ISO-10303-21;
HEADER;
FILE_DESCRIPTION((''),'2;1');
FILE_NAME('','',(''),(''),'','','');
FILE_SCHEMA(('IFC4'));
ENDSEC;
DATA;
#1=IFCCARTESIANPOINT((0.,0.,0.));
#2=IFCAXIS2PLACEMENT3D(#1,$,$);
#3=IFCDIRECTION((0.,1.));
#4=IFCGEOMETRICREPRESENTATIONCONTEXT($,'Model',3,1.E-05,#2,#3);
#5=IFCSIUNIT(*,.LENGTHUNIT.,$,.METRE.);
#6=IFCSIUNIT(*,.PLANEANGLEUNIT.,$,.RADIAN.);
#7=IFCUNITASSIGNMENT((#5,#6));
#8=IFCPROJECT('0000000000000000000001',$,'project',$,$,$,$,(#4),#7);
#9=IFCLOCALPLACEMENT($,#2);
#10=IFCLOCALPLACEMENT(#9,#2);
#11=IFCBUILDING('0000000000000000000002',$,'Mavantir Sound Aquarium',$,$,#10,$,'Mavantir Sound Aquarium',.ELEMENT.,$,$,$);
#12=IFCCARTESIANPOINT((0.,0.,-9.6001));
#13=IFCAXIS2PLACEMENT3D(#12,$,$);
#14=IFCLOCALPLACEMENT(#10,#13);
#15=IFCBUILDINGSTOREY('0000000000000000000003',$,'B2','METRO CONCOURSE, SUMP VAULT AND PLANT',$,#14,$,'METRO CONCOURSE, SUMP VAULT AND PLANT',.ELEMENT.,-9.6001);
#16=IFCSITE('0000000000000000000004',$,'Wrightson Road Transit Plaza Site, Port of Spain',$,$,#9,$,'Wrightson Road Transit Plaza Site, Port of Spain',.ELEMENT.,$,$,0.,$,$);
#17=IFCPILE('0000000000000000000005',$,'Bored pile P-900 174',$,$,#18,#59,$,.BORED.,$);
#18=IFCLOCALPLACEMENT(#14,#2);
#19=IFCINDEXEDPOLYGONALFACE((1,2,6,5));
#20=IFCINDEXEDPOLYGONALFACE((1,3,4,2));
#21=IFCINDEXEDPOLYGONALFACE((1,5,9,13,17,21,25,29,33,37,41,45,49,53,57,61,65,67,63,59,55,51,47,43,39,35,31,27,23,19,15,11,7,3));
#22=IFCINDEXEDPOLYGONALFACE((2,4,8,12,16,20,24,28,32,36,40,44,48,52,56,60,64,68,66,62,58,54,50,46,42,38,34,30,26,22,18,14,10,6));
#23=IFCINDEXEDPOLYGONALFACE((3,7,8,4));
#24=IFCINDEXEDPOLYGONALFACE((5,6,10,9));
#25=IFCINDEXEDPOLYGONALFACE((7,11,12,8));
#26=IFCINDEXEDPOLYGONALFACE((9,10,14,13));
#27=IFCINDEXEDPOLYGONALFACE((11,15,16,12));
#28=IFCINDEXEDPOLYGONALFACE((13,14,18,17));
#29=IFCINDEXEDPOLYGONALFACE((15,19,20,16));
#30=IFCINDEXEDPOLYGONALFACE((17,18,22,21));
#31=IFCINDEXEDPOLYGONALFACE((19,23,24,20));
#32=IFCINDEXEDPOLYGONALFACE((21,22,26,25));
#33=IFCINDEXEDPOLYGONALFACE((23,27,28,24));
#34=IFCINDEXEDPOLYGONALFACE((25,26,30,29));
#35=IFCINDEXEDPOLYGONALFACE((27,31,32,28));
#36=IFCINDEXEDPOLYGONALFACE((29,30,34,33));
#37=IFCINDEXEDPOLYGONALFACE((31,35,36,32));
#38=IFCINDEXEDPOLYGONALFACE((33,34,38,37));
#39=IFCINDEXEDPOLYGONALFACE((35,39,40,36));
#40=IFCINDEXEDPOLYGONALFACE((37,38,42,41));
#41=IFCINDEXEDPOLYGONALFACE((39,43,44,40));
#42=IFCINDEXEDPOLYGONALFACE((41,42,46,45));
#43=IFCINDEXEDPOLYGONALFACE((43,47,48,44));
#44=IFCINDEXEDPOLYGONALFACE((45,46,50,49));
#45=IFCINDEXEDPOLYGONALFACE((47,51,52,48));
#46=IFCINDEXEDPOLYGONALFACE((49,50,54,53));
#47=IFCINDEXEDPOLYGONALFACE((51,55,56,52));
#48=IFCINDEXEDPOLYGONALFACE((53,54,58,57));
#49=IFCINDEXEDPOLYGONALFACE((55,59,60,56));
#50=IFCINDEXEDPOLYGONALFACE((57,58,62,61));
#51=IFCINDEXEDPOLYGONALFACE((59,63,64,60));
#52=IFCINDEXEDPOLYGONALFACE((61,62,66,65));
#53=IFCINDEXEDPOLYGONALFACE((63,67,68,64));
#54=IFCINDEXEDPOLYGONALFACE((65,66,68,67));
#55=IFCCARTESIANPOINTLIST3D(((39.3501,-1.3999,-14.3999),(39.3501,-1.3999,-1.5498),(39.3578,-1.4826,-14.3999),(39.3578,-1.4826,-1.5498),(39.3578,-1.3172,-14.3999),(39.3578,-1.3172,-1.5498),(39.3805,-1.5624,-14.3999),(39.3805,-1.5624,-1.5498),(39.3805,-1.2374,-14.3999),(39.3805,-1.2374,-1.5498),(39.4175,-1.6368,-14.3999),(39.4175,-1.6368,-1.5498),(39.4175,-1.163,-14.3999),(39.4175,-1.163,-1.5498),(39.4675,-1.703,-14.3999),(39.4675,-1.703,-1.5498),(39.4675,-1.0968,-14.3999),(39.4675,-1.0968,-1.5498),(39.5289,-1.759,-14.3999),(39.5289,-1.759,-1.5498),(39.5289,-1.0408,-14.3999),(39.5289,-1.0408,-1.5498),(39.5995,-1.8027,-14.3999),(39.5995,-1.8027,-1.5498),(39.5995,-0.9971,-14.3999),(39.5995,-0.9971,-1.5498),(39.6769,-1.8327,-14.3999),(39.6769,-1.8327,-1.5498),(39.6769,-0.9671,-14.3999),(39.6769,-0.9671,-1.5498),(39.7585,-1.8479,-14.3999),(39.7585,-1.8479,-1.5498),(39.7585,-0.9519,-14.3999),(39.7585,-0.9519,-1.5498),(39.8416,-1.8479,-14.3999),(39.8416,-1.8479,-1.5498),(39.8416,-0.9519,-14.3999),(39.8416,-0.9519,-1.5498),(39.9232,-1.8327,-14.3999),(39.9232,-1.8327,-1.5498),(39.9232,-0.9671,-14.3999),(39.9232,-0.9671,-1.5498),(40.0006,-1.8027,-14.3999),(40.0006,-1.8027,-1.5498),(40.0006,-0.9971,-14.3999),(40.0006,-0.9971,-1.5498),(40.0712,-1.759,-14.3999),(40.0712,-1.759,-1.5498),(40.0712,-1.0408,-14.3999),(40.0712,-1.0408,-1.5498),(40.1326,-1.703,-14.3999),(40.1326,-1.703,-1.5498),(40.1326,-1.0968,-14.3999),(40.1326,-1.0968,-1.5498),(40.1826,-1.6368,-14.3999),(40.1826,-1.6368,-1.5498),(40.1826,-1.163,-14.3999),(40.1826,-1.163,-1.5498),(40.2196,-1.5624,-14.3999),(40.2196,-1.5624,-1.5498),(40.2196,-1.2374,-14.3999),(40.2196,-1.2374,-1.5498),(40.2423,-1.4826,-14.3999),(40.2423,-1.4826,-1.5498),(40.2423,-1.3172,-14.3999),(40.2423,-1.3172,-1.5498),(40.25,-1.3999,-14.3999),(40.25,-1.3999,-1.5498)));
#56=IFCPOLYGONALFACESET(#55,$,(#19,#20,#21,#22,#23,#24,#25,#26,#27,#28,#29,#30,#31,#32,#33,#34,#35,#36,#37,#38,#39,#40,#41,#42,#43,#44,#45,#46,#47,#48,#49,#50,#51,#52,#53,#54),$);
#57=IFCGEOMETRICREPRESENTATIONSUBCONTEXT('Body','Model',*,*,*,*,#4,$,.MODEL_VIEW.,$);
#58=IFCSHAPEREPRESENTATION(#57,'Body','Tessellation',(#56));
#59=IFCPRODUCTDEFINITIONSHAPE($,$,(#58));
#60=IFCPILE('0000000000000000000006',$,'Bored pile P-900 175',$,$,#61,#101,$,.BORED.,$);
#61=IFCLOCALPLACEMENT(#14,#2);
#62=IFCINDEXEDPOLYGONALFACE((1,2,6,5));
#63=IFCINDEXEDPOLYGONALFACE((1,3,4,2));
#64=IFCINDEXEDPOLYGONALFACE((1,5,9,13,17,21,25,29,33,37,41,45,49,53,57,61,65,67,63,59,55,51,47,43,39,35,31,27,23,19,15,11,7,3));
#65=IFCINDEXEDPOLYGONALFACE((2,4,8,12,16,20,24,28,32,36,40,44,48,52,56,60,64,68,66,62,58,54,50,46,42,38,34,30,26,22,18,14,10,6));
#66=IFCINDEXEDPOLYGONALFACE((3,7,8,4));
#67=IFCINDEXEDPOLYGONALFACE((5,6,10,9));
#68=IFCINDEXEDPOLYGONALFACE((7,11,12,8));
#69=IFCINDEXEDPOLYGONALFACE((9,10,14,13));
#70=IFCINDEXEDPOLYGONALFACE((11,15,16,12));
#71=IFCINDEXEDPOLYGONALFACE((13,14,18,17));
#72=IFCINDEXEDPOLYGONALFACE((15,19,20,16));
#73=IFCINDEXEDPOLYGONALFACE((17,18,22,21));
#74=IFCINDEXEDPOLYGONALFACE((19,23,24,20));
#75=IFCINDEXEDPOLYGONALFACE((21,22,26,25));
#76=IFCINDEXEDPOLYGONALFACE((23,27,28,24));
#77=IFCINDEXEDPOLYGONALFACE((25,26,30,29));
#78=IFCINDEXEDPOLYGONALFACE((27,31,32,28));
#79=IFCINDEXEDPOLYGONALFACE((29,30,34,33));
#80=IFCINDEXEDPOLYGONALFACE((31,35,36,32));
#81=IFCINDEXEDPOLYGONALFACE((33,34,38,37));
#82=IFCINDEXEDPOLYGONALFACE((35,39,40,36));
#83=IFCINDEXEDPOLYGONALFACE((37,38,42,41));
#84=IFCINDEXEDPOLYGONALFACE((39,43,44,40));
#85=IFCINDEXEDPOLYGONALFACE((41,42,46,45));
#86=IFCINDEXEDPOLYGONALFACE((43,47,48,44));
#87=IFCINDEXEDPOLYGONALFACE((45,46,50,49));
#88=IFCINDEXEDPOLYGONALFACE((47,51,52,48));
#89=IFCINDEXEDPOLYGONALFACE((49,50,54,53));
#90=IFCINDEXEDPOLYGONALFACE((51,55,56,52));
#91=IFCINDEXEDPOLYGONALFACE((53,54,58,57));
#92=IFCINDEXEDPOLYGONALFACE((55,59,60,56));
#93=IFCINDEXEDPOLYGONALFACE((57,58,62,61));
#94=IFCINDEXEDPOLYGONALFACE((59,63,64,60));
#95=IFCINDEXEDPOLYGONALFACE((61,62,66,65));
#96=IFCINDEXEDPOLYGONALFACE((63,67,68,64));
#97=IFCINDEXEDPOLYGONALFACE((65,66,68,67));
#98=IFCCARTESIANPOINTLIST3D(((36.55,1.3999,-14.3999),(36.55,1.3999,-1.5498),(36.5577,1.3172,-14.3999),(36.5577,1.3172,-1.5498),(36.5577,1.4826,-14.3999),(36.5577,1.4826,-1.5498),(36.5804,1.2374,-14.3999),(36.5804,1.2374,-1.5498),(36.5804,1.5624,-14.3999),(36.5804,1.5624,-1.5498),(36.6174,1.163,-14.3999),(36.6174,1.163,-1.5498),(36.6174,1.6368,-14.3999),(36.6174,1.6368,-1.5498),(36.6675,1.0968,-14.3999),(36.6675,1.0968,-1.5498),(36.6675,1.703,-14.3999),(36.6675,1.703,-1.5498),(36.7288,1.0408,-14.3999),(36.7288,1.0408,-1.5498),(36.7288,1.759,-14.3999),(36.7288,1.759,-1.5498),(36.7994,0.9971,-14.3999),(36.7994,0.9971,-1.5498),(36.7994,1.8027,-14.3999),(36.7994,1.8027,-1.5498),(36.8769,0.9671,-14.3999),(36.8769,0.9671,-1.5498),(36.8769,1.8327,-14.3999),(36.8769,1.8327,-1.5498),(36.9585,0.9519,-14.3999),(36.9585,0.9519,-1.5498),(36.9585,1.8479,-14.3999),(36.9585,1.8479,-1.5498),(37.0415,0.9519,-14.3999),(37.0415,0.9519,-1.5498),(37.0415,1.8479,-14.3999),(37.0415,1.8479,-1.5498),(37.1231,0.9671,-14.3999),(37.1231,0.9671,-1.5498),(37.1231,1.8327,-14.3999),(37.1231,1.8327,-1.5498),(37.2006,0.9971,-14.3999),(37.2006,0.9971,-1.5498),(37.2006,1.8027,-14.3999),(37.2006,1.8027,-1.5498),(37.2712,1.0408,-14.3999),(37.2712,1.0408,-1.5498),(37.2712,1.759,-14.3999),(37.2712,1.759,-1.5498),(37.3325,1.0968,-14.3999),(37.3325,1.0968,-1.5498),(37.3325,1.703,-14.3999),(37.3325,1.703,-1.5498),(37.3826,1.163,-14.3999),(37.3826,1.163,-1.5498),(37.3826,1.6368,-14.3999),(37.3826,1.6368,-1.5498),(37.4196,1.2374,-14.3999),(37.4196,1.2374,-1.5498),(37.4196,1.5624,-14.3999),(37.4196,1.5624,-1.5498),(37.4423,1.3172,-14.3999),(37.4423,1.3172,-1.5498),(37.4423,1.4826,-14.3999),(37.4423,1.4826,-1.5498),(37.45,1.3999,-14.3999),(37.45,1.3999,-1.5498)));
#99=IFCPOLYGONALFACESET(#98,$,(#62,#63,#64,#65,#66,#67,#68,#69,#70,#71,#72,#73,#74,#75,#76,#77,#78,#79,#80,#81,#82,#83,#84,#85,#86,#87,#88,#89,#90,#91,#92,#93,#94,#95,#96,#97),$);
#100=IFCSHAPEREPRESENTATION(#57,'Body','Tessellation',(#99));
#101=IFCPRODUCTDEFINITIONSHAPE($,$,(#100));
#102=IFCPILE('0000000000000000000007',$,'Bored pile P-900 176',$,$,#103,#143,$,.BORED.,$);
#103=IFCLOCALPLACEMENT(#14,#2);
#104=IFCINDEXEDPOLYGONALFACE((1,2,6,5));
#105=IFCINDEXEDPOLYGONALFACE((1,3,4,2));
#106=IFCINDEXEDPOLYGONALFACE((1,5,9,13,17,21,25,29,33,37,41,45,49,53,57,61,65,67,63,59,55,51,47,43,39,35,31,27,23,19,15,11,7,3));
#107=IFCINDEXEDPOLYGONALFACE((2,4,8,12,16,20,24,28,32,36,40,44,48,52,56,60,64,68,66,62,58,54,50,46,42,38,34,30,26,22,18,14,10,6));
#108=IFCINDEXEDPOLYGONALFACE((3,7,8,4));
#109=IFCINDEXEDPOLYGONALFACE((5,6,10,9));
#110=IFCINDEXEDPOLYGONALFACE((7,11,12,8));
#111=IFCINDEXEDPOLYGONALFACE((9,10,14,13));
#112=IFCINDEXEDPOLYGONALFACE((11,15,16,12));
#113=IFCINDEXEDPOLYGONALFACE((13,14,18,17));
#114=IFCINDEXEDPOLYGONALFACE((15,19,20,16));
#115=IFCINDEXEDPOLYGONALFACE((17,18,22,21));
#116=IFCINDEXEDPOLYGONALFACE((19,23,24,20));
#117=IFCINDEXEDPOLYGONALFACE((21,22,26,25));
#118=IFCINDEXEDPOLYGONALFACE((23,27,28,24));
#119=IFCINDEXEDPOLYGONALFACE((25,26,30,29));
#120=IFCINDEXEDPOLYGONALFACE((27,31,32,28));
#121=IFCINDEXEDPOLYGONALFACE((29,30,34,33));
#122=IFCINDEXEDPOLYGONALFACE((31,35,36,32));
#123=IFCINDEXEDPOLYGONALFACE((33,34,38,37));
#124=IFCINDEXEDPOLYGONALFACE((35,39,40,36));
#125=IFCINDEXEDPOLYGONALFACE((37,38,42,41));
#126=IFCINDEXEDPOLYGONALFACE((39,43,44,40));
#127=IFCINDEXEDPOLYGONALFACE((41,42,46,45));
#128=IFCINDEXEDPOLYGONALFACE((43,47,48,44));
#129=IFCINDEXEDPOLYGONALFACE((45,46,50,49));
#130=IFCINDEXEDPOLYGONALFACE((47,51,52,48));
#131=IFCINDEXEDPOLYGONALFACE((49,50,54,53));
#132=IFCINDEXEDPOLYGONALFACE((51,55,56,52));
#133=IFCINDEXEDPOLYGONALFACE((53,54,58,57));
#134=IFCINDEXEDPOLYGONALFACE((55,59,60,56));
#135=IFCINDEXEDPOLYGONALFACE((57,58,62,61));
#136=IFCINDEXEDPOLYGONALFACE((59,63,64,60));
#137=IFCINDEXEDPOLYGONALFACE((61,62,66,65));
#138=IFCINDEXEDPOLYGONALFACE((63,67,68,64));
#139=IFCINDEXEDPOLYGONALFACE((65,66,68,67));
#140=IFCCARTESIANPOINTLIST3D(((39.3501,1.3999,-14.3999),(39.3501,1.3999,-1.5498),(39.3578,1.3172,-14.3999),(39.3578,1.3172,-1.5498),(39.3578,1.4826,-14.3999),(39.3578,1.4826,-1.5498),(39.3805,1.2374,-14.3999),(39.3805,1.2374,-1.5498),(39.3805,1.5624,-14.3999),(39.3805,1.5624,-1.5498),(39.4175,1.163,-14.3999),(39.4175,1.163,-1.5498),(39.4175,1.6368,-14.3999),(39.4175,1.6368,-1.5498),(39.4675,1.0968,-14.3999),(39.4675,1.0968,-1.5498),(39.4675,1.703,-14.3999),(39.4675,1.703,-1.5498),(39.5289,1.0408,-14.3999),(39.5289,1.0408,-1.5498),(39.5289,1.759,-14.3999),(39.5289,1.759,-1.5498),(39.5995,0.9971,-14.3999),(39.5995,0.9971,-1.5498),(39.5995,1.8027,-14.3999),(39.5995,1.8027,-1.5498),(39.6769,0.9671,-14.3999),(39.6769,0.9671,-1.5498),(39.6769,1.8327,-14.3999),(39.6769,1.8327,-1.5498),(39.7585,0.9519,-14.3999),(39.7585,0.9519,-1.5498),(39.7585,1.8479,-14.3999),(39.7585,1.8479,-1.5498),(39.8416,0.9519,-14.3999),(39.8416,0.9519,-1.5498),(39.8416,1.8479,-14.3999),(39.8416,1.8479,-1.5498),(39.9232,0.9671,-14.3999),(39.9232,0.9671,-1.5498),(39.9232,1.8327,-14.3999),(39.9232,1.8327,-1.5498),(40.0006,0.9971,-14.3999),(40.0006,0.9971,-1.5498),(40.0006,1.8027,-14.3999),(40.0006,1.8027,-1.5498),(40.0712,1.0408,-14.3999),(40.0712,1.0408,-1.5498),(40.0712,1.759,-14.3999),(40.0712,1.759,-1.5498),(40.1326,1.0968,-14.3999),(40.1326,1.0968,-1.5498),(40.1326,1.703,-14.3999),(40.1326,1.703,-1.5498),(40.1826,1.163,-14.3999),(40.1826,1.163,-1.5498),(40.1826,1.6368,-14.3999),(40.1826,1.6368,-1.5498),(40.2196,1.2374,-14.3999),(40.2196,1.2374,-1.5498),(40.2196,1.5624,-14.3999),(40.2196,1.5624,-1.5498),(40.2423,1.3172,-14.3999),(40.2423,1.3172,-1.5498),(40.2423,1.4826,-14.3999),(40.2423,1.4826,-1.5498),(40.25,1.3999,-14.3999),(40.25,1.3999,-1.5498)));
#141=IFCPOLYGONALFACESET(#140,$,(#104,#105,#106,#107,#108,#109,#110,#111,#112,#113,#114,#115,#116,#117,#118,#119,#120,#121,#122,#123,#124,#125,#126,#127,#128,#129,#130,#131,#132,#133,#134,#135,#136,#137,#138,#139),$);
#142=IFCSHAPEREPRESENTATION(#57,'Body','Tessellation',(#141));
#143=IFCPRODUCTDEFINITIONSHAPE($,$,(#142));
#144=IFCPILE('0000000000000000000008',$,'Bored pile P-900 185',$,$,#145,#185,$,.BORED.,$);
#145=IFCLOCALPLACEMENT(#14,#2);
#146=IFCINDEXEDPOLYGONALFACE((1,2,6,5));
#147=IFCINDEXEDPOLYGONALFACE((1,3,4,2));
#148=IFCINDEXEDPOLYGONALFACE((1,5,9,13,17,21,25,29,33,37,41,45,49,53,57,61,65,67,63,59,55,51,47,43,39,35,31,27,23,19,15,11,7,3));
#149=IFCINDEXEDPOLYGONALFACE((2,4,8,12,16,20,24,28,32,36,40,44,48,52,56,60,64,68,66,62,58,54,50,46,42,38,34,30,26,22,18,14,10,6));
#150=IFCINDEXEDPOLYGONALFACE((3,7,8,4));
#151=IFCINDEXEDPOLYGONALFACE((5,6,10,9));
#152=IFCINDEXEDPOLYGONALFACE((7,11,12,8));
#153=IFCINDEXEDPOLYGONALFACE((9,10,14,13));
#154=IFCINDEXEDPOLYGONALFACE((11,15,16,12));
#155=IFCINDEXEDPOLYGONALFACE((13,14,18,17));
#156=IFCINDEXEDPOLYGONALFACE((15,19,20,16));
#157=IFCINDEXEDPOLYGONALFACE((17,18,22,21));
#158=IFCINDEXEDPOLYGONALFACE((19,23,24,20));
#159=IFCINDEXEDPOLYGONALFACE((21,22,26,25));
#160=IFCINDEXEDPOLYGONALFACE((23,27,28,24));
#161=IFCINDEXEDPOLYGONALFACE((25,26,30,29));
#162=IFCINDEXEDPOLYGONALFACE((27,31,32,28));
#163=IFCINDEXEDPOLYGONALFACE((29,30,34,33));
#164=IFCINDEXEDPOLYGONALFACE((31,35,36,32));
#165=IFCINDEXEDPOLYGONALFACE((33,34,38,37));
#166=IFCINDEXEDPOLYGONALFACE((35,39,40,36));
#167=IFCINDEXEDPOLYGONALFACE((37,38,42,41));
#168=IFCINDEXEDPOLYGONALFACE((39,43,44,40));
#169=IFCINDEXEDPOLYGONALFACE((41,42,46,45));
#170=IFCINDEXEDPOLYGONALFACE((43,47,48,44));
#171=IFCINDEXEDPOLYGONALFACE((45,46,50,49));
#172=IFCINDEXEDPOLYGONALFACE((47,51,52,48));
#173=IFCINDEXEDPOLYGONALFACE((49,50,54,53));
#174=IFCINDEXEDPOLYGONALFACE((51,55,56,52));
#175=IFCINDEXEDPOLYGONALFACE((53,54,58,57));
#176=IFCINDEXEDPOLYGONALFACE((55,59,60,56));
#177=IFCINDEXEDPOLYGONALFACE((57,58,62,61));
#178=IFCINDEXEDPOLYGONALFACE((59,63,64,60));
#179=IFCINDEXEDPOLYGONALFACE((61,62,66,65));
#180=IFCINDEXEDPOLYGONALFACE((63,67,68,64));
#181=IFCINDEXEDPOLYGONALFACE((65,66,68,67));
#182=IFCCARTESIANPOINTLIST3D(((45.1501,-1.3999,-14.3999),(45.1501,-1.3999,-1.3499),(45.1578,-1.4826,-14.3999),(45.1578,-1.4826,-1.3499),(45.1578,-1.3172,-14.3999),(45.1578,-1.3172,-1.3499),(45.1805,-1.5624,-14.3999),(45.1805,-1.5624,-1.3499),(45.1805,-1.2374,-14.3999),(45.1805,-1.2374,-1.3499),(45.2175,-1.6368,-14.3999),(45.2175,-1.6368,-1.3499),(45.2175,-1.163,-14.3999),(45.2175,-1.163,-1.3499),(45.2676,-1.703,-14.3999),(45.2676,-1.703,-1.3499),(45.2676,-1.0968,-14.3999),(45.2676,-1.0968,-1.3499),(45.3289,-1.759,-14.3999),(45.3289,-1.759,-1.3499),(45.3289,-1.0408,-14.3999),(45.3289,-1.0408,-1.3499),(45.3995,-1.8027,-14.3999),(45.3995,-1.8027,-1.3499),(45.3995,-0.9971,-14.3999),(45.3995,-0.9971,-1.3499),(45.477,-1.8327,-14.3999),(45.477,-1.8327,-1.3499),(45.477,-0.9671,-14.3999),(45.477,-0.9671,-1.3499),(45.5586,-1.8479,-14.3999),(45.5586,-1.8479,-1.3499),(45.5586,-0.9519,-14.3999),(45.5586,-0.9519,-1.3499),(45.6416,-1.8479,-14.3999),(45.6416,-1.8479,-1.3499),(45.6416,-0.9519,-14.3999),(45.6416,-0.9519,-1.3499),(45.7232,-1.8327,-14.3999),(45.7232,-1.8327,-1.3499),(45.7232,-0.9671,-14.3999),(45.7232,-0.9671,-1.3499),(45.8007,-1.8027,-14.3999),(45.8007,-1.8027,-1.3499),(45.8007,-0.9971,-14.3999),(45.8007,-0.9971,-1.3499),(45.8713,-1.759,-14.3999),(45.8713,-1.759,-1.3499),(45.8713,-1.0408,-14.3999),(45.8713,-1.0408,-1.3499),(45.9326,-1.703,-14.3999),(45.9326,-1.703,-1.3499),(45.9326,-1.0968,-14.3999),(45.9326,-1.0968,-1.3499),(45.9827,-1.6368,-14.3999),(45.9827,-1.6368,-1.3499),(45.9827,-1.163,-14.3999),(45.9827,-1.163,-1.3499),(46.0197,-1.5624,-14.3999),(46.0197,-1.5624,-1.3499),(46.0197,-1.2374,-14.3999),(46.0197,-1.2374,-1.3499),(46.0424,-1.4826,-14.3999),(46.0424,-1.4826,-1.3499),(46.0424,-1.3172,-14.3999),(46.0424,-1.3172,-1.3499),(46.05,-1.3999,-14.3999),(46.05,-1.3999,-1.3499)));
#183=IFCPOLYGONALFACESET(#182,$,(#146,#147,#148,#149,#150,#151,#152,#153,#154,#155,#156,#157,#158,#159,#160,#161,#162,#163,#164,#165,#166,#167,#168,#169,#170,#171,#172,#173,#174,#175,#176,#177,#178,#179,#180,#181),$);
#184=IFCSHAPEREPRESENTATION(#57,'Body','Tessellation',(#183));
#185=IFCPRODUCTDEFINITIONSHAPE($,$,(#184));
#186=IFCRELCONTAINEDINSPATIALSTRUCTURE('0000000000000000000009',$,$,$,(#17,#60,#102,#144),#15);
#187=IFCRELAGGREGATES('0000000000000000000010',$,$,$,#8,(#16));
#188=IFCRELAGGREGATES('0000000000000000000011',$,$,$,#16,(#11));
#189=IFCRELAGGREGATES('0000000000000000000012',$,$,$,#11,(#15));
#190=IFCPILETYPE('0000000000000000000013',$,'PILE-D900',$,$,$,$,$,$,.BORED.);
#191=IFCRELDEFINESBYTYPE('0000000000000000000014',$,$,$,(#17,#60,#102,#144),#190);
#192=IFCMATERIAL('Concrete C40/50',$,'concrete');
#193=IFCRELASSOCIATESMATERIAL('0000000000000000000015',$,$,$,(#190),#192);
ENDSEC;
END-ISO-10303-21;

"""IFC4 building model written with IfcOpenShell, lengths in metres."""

from ifc_helpers import new_model, si_unit, direction, frame, origin, origin_2d, place, context, subcontext, project, spatial, circle, extrude, material, material_profile, profile_set, type_object, element, save


model = new_model("IFC4")

# Units and contexts
model_context = context("Model", 3, precision=1e-05, world=origin(), true_north=direction((0.0, 1.0)))
body_context = subcontext(model_context, "Body", "Model", "MODEL_VIEW")
ifc_project = project(units=[si_unit("LENGTHUNIT", "METRE"), si_unit("PLANEANGLEUNIT", "RADIAN")], contexts=[model_context])

# Site, building, storey
site_placement = place(None, origin())
site = spatial("IfcSite", under=ifc_project, at=site_placement, Name="Wrightson Road Transit Plaza Site, Port of Spain", LongName="Wrightson Road Transit Plaza Site, Port of Spain", CompositionType="ELEMENT", RefElevation=0.0)
building_placement = place(site_placement, origin())
building = spatial("IfcBuilding", under=site, at=building_placement, Name="Mavantir Sound Aquarium", LongName="Mavantir Sound Aquarium", CompositionType="ELEMENT")
storey_placement = place(building_placement, frame((0.0, 0.0, -9.6001)))
storey = spatial("IfcBuildingStorey", under=building, at=storey_placement, Name="B2", Description="METRO CONCOURSE, SUMP VAULT AND PLANT", LongName="METRO CONCOURSE, SUMP VAULT AND PLANT", CompositionType="ELEMENT", Elevation=-9.6001)

# Shared definitions
ifc_material_1 = material(Name="Concrete C40/50", Category="concrete")

# Piles
ifc_material_profile_1 = material_profile(ifc_material_1, circle(Radius=0.45, at=origin_2d()), Name="PILE D900")
ifc_profile_set_1 = profile_set([ifc_material_profile_1], Name="Concrete C40/50")
pile_type = type_object("IfcPileType", Name="PILE-D900", PredefinedType="BORED", material=ifc_profile_set_1)
for number, where, z_axis, x_axis, name in (
    (1, (39.8, -1.3999, -1.5498), (0.0, 0.0, -1.0), (1.0, 0.0, 0.0), "Bored pile P-900 174"),
    (2, (37.0, 1.3999, -1.5498), (0.0, 0.0, -1.0), (1.0, 0.0, 0.0), "Bored pile P-900 175"),
    (3, (39.8, 1.3999, -1.5498), (0.0, 0.0, -1.0), (1.0, 0.0, 0.0), "Bored pile P-900 176"),
):
    element("IfcPile", number, at=place(storey_placement, frame(where, z_axis=z_axis, x_axis=x_axis)), inside=storey, type_object=pile_type, Name=name, PredefinedType="BORED", context=body_context, shape_type="SweptSolid", body=[
        extrude(circle(Radius=0.45, at=origin_2d()), origin(), (0.0, 0.0, 1.0), 12.8501),
    ])
for number, where, z_axis, x_axis, name in (
    (4, (45.6001, -1.3999, -1.3499), (0.0, 0.0, -1.0), (1.0, 0.0, 0.0), "Bored pile P-900 185"),
):
    element("IfcPile", number, at=place(storey_placement, frame(where, z_axis=z_axis, x_axis=x_axis)), inside=storey, type_object=pile_type, Name=name, PredefinedType="BORED", context=body_context, shape_type="SweptSolid", body=[
        extrude(circle(Radius=0.45, at=origin_2d()), origin(), (0.0, 0.0, 1.0), 13.05),
    ])

save(model, "model.ifc")
